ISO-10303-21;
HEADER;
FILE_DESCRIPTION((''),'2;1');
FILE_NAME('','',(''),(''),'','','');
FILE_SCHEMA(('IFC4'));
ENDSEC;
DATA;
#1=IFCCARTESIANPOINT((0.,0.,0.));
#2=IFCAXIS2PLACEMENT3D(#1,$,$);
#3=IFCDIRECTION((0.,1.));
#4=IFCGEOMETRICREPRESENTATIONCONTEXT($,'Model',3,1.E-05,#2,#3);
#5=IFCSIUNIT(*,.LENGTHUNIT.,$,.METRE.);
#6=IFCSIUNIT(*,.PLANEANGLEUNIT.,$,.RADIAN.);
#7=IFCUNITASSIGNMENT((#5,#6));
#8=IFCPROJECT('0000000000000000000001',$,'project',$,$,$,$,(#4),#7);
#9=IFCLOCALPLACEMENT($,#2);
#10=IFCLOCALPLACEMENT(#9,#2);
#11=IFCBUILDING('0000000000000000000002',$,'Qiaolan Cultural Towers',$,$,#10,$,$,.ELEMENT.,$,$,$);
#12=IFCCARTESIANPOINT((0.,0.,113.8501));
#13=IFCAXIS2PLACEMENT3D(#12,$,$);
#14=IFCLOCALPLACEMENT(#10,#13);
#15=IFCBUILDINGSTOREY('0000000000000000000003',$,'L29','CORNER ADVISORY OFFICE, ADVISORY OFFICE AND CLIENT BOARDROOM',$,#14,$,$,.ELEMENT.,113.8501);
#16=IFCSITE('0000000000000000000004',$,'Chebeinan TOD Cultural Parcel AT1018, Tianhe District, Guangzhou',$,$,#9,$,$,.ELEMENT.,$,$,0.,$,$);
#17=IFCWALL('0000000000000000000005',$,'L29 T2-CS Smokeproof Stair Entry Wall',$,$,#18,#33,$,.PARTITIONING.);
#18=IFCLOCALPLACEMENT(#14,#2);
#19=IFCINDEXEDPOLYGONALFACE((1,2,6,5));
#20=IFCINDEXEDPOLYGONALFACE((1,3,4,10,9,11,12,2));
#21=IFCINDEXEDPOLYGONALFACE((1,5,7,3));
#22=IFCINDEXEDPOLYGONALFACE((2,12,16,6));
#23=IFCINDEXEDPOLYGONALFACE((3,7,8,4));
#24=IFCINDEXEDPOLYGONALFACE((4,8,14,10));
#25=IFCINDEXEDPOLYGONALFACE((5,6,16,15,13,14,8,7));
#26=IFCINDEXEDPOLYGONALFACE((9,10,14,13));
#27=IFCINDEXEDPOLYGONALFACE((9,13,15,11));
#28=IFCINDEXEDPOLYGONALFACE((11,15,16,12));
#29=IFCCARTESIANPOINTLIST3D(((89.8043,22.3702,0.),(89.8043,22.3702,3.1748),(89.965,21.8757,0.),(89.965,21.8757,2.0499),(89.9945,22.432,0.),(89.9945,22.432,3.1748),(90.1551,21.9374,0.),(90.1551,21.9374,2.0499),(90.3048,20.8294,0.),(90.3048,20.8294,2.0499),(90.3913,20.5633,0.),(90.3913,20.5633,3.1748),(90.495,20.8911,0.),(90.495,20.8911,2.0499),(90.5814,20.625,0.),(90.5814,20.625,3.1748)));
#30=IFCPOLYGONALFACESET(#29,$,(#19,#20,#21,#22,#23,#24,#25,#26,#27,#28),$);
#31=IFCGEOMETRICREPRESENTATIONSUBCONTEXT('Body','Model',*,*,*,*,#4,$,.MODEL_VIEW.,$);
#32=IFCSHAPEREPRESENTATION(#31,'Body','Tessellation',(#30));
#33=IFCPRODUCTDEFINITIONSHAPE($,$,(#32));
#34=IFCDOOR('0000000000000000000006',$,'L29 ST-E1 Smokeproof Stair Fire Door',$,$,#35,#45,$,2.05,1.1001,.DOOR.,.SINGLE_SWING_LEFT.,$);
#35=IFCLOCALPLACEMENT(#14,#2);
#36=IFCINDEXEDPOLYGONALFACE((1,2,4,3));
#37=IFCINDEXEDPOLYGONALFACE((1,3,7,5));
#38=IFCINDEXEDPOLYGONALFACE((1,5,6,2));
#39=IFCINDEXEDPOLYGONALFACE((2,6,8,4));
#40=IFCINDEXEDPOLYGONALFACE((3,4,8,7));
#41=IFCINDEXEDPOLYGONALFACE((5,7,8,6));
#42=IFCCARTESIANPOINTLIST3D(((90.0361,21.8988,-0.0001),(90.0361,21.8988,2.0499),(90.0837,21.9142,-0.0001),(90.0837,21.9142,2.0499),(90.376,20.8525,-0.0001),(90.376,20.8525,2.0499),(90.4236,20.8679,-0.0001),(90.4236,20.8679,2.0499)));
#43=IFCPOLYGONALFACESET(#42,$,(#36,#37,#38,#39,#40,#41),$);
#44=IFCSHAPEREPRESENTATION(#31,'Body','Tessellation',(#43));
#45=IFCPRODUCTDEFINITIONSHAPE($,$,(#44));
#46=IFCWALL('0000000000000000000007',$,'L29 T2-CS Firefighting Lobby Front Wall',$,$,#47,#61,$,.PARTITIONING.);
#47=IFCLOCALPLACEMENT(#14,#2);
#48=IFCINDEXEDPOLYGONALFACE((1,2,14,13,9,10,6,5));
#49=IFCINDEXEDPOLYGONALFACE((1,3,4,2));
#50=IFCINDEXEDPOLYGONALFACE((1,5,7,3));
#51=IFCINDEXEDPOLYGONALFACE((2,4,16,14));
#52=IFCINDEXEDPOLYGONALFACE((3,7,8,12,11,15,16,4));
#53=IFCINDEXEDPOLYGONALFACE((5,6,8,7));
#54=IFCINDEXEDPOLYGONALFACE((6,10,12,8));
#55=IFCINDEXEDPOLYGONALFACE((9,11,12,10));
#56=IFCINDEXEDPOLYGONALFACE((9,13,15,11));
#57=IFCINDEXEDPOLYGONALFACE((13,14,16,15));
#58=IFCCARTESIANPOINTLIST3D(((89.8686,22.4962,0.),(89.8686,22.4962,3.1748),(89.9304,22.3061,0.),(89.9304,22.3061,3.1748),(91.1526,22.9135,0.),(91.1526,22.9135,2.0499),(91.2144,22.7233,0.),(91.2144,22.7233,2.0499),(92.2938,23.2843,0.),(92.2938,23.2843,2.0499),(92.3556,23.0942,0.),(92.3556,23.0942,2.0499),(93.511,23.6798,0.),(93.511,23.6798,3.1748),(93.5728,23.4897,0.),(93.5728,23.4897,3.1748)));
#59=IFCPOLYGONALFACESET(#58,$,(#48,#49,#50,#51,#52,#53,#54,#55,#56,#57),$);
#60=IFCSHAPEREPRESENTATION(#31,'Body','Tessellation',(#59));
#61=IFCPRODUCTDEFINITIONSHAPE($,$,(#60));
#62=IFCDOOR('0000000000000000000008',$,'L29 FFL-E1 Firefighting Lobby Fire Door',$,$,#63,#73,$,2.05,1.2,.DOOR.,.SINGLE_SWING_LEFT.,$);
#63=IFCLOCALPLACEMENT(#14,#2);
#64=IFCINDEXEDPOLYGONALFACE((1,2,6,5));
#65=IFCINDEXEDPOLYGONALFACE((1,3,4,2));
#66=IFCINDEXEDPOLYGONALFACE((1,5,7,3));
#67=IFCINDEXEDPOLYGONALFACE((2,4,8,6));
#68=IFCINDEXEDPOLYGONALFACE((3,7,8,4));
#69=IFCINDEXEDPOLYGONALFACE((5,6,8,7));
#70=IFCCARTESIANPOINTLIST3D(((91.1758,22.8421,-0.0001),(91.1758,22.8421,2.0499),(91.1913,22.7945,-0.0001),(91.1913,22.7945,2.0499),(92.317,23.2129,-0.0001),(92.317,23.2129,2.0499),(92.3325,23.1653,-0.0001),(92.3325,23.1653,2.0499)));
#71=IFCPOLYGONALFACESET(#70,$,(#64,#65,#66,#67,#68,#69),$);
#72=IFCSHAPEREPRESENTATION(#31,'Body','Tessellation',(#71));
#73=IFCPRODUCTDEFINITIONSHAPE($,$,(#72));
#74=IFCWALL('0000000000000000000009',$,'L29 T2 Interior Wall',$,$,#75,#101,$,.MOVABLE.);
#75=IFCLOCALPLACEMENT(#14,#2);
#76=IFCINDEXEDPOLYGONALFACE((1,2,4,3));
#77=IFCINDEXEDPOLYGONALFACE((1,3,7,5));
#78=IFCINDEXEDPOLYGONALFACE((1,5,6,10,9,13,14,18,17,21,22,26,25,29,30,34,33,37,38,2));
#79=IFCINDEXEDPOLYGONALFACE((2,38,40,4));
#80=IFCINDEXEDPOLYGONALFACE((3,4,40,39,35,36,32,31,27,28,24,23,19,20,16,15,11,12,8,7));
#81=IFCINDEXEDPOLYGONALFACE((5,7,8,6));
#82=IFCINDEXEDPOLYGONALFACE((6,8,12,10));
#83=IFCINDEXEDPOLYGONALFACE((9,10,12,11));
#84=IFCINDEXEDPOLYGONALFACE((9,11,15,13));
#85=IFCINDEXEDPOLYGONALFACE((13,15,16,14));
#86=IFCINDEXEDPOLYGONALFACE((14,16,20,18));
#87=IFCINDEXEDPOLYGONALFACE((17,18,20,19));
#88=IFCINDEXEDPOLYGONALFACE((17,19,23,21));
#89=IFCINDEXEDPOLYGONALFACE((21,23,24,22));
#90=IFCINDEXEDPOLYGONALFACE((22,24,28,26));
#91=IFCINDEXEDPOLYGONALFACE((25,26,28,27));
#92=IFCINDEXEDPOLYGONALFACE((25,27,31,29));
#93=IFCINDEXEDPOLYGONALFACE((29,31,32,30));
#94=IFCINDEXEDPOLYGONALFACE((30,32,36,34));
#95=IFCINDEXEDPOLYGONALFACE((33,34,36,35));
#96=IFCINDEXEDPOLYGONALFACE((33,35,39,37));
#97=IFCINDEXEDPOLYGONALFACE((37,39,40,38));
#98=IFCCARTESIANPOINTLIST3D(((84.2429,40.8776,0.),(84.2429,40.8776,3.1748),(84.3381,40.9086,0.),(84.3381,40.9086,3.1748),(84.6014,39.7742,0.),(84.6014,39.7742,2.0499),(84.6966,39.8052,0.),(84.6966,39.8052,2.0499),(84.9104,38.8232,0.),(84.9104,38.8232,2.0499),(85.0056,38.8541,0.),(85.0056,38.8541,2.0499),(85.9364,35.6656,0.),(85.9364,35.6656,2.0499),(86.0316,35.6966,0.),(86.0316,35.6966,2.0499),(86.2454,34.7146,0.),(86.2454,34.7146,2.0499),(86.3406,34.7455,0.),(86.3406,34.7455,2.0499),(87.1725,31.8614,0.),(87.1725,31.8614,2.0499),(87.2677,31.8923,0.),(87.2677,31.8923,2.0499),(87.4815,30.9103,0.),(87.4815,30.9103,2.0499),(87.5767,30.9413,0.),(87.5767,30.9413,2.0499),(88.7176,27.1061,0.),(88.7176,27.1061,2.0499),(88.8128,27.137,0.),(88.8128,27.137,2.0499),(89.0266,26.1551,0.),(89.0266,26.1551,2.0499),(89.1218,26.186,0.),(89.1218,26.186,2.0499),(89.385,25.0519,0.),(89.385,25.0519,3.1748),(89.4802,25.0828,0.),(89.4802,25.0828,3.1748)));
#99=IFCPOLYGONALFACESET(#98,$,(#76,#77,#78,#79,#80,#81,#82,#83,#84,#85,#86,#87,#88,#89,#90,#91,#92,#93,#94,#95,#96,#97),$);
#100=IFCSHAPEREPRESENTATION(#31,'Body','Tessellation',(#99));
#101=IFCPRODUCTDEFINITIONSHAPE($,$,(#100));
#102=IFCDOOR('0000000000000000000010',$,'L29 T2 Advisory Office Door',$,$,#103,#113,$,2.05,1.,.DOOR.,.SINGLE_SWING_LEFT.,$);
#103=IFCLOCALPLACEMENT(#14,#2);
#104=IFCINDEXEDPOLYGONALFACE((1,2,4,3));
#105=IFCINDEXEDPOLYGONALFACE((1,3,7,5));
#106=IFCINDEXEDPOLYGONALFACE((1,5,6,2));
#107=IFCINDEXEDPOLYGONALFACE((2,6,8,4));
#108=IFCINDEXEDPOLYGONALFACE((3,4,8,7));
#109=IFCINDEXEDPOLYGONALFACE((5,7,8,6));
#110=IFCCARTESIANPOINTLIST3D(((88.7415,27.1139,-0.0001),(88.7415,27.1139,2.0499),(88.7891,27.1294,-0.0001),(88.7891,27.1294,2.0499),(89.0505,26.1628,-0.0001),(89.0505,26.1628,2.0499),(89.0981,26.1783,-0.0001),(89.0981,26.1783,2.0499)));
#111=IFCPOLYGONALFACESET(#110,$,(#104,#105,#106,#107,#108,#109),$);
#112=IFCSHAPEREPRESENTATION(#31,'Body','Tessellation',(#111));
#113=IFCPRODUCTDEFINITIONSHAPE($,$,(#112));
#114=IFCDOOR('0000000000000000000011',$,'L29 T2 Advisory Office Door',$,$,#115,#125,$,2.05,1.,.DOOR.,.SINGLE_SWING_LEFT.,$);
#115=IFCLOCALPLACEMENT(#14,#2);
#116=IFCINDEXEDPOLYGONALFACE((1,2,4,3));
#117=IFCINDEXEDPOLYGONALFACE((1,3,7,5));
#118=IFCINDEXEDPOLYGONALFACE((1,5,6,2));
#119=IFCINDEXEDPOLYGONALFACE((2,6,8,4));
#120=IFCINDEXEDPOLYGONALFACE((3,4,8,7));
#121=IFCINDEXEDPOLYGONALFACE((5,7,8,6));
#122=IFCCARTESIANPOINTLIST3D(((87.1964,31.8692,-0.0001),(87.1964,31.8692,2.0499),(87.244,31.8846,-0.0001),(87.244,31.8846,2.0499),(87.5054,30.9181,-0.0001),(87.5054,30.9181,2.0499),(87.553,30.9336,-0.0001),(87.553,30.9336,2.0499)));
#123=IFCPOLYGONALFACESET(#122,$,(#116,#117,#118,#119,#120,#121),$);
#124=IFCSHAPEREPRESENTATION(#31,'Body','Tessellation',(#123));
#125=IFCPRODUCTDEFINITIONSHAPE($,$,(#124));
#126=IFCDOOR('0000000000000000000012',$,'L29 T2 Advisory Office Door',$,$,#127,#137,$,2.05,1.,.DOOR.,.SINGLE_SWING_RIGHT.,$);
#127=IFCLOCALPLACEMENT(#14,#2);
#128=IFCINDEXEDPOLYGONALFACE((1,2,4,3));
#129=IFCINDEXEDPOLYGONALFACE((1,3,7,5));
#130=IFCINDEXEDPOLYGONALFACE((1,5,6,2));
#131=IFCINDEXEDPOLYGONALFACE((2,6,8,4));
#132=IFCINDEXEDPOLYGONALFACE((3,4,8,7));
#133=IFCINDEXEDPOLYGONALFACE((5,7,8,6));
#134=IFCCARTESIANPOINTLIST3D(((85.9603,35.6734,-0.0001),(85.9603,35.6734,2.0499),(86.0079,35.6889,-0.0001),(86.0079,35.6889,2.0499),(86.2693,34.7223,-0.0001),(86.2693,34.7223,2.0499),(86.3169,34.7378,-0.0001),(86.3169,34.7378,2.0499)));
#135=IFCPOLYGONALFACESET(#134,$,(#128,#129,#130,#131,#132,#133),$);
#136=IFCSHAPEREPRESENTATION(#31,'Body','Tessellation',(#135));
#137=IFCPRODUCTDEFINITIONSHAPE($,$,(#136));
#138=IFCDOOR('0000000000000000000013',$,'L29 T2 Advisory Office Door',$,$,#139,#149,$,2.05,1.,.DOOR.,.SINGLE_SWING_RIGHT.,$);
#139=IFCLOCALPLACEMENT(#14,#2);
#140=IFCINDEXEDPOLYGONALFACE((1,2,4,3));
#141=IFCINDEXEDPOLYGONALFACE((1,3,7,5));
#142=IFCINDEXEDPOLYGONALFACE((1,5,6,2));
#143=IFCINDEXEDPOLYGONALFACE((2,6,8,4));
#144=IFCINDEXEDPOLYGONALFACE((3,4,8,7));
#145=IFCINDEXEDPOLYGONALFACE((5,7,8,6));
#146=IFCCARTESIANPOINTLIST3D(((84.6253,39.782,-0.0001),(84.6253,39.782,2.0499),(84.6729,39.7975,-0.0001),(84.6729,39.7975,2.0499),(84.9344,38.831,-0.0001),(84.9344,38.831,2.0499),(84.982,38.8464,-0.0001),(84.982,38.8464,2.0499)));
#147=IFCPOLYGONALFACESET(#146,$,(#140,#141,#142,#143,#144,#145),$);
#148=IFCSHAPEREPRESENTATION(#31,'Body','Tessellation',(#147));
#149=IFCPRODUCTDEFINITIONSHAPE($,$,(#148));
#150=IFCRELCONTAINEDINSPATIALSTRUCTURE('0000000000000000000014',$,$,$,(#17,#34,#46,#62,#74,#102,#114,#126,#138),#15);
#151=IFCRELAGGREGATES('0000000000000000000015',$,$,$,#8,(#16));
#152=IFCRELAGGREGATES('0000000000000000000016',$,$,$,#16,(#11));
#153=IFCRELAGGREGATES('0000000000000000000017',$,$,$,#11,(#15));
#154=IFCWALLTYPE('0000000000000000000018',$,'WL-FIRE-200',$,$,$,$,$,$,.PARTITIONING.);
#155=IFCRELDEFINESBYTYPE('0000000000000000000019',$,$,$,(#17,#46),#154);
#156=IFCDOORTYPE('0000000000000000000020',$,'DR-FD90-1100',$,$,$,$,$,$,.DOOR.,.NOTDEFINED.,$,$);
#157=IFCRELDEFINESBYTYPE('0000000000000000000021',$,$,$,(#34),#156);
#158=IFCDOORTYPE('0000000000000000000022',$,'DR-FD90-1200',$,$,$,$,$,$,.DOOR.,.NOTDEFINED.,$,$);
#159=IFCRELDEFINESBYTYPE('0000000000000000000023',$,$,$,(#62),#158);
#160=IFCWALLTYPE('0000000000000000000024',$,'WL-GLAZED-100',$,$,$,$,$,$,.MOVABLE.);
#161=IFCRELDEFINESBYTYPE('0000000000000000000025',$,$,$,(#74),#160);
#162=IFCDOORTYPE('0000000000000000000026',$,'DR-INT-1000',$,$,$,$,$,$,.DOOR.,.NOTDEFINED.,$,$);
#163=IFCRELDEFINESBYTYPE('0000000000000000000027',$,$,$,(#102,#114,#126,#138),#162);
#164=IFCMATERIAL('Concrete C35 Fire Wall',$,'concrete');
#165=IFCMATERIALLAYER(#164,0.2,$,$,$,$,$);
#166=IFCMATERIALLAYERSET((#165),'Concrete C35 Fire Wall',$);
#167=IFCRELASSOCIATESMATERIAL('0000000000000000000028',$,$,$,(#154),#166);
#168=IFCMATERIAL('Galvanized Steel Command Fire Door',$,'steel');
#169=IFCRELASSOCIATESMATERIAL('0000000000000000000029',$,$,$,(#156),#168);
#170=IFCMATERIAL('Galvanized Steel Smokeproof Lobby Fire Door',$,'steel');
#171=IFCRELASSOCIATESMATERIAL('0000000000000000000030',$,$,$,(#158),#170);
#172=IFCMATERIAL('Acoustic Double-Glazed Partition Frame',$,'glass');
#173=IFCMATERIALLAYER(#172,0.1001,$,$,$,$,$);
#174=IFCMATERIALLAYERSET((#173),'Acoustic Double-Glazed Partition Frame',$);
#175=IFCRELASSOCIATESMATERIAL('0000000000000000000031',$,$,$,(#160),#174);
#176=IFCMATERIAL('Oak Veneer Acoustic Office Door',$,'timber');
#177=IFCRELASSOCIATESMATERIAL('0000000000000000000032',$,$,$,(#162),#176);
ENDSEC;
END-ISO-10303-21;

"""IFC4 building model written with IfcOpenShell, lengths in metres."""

from ifc_helpers import new_model, si_unit, direction, frame, frame_2d, origin, place, context, subcontext, project, spatial, rectangle, extrude, material, layer, layer_set, type_object, element, fill, save


model = new_model("IFC4")

# Units and contexts
model_context = context("Model", 3, precision=1e-05, world=origin(), true_north=direction((0.0, 1.0)))
body_context = subcontext(model_context, "Body", "Model", "MODEL_VIEW")
ifc_project = project(units=[si_unit("LENGTHUNIT", "METRE"), si_unit("PLANEANGLEUNIT", "RADIAN")], contexts=[model_context])

# Site, building, storey
site_placement = place(None, origin())
site = spatial("IfcSite", under=ifc_project, at=site_placement, Name="Chebeinan TOD Cultural Parcel AT1018, Tianhe District, Guangzhou", CompositionType="ELEMENT", RefElevation=0.0)
building_placement = place(site_placement, origin())
building = spatial("IfcBuilding", under=site, at=building_placement, Name="Qiaolan Cultural Towers", CompositionType="ELEMENT")
storey_placement = place(building_placement, frame((0.0, 0.0, 113.8501)))
storey = spatial("IfcBuildingStorey", under=building, at=storey_placement, Name="L29", Description="CORNER ADVISORY OFFICE, ADVISORY OFFICE AND CLIENT BOARDROOM", CompositionType="ELEMENT", Elevation=113.8501)

# Walls, openings, doors
ifc_material_1 = material(Name="Concrete C35 Fire Wall", Category="concrete")
ifc_layer_1 = layer(ifc_material_1, 0.2)
ifc_layer_set_1 = layer_set([ifc_layer_1], Name="Concrete C35 Fire Wall")
wall_type_1 = type_object("IfcWallType", Name="WL-FIRE-200", PredefinedType="PARTITIONING", material=ifc_layer_set_1)
wall_1_placement = place(storey_placement, frame((89.8994, 22.4011, 0.0), z_axis=(0.0, 0.0, 1.0), x_axis=(0.308932, -0.951084, 0.0)))
wall_1 = element("IfcWall", 1, at=wall_1_placement, inside=storey, type_object=wall_type_1, Name="L29 T2-CS Smokeproof Stair Entry Wall", PredefinedType="PARTITIONING", context=body_context, shape_type="SweptSolid", body=[
    extrude(rectangle(XDim=1.8999, YDim=0.2, at=frame_2d((0.95, 0.0))), origin(), (0.0, 0.0, 1.0), 3.1748),
])
opening_1_placement = place(wall_1_placement, frame((0.52, 0.0, 0.0)))
opening_1 = element("IfcOpeningElement", 2, at=opening_1_placement, cuts=wall_1, PredefinedType="OPENING", context=body_context, shape_type="SweptSolid", body=[
    extrude(rectangle(XDim=1.1001, YDim=2.05, at=frame_2d((0.55, 1.0249))), frame((0.0, 0.1099, 0.0), z_axis=(0.0, -1.0, 0.0), x_axis=(1.0, 0.0, 0.0)), (0.0, 0.0, 1.0), 0.22),
])
ifc_material_2 = material(Name="Galvanized Steel Command Fire Door", Category="steel")
door_type_1 = type_object("IfcDoorType", Name="DR-FD90-1100", OperationType="NOTDEFINED", PredefinedType="DOOR", material=ifc_material_2)
door_1_placement = place(opening_1_placement, origin())
door_1 = element("IfcDoor", 3, at=door_1_placement, inside=storey, type_object=door_type_1, Name="L29 ST-E1 Smokeproof Stair Fire Door", OperationType="SINGLE_SWING_LEFT", OverallHeight=2.05, OverallWidth=1.1001, PredefinedType="DOOR", context=body_context, shape_type="SweptSolid", body=[
    extrude(rectangle(XDim=1.1001, YDim=2.05, at=frame_2d((0.55, 1.0249))), frame((0.0, 0.0249, 0.0), z_axis=(0.0, -1.0, 0.0), x_axis=(1.0, 0.0, 0.0)), (0.0, 0.0, 1.0), 0.05),
])
fill(opening_1, door_1)
wall_2_placement = place(storey_placement, frame((89.8994, 22.4011, 0.0), z_axis=(0.0, 0.0, 1.0), x_axis=(0.951047, 0.309047, 0.0)))
wall_2 = element("IfcWall", 4, at=wall_2_placement, inside=storey, type_object=wall_type_1, Name="L29 T2-CS Firefighting Lobby Front Wall", PredefinedType="PARTITIONING", context=body_context, shape_type="SweptSolid", body=[
    extrude(rectangle(XDim=3.8298, YDim=0.2, at=frame_2d((1.915, 0.0))), origin(), (0.0, 0.0, 1.0), 3.1748),
])
opening_2_placement = place(wall_2_placement, frame((1.3501, 0.0, 0.0)))
opening_2 = element("IfcOpeningElement", 5, at=opening_2_placement, cuts=wall_2, PredefinedType="OPENING", context=body_context, shape_type="SweptSolid", body=[
    extrude(rectangle(XDim=1.2, YDim=2.05, at=frame_2d((0.6001, 1.0249))), frame((0.0, 0.1099, 0.0), z_axis=(0.0, -1.0, 0.0), x_axis=(1.0, 0.0, 0.0)), (0.0, 0.0, 1.0), 0.22),
])
ifc_material_3 = material(Name="Galvanized Steel Smokeproof Lobby Fire Door", Category="steel")
door_type_2 = type_object("IfcDoorType", Name="DR-FD90-1200", OperationType="NOTDEFINED", PredefinedType="DOOR", material=ifc_material_3)
door_2_placement = place(opening_2_placement, origin())
door_2 = element("IfcDoor", 6, at=door_2_placement, inside=storey, type_object=door_type_2, Name="L29 FFL-E1 Firefighting Lobby Fire Door", OperationType="SINGLE_SWING_LEFT", OverallHeight=2.05, OverallWidth=1.2, PredefinedType="DOOR", context=body_context, shape_type="SweptSolid", body=[
    extrude(rectangle(XDim=1.2, YDim=2.05, at=frame_2d((0.6001, 1.0249))), frame((0.0, 0.0249, 0.0), z_axis=(0.0, -1.0, 0.0), x_axis=(1.0, 0.0, 0.0)), (0.0, 0.0, 1.0), 0.05),
])
fill(opening_2, door_2)

# Wall, openings, doors
ifc_material_4 = material(Name="Acoustic Double-Glazed Partition Frame", Category="glass")
ifc_layer_2 = layer(ifc_material_4, 0.1001)
ifc_layer_set_2 = layer_set([ifc_layer_2], Name="Acoustic Double-Glazed Partition Frame")
wall_type_2 = type_object("IfcWallType", Name="WL-GLAZED-100", PredefinedType="MOVABLE", material=ifc_layer_set_2)
wall_3_placement = place(storey_placement, frame((89.4326, 25.0674, 0.0), z_axis=(0.0, 0.0, 1.0), x_axis=(-0.309018, 0.951056, 0.0)))
wall_3 = element("IfcWall", 7, at=wall_3_placement, inside=storey, type_object=wall_type_2, Name="L29 T2 Interior Wall", PredefinedType="MOVABLE", context=body_context, shape_type="SweptSolid", body=[
    extrude(rectangle(XDim=16.6401, YDim=0.1001, at=frame_2d((8.3201, 0.0))), origin(), (0.0, 0.0, 1.0), 3.1748),
])
opening_3_placement = place(wall_3_placement, frame((1.1599, 0.0, 0.0)))
opening_3 = element("IfcOpeningElement", 8, at=opening_3_placement, cuts=wall_3, PredefinedType="OPENING", context=body_context, shape_type="SweptSolid", body=[
    extrude(rectangle(XDim=1.0, YDim=2.05, at=frame_2d((0.5, 1.0249))), frame((0.0, 0.0601, 0.0), z_axis=(0.0, -1.0, 0.0), x_axis=(1.0, 0.0, 0.0)), (0.0, 0.0, 1.0), 0.1201),
])
opening_4_placement = place(wall_3_placement, frame((6.1599, 0.0, 0.0)))
opening_4 = element("IfcOpeningElement", 9, at=opening_4_placement, cuts=wall_3, PredefinedType="OPENING", context=body_context, shape_type="SweptSolid", body=[
    extrude(rectangle(XDim=1.0, YDim=2.05, at=frame_2d((0.5, 1.0249))), frame((0.0, 0.0601, 0.0), z_axis=(0.0, -1.0, 0.0), x_axis=(1.0, 0.0, 0.0)), (0.0, 0.0, 1.0), 0.1201),
])
opening_5_placement = place(wall_3_placement, frame((10.1599, 0.0, 0.0)))
opening_5 = element("IfcOpeningElement", 10, at=opening_5_placement, cuts=wall_3, PredefinedType="OPENING", context=body_context, shape_type="SweptSolid", body=[
    extrude(rectangle(XDim=1.0, YDim=2.05, at=frame_2d((0.5, 1.0249))), frame((0.0, 0.0601, 0.0), z_axis=(0.0, -1.0, 0.0), x_axis=(1.0, 0.0, 0.0)), (0.0, 0.0, 1.0), 0.1201),
])
opening_6_placement = place(wall_3_placement, frame((14.48, 0.0, 0.0)))
opening_6 = element("IfcOpeningElement", 11, at=opening_6_placement, cuts=wall_3, PredefinedType="OPENING", context=body_context, shape_type="SweptSolid", body=[
    extrude(rectangle(XDim=1.0, YDim=2.05, at=frame_2d((0.5, 1.0249))), frame((0.0, 0.0601, 0.0), z_axis=(0.0, -1.0, 0.0), x_axis=(1.0, 0.0, 0.0)), (0.0, 0.0, 1.0), 0.1201),
])
ifc_material_5 = material(Name="Oak Veneer Acoustic Office Door", Category="timber")
door_type_3 = type_object("IfcDoorType", Name="DR-INT-1000", OperationType="NOTDEFINED", PredefinedType="DOOR", material=ifc_material_5)
door_3_placement = place(opening_3_placement, origin())
door_3 = element("IfcDoor", 12, at=door_3_placement, inside=storey, type_object=door_type_3, Name="L29 T2 Advisory Office Door", OperationType="SINGLE_SWING_LEFT", OverallHeight=2.05, OverallWidth=1.0, PredefinedType="DOOR", context=body_context, shape_type="SweptSolid", body=[
    extrude(rectangle(XDim=1.0, YDim=2.05, at=frame_2d((0.5, 1.0249))), frame((0.0, 0.0249, 0.0), z_axis=(0.0, -1.0, 0.0), x_axis=(1.0, 0.0, 0.0)), (0.0, 0.0, 1.0), 0.05),
])
fill(opening_3, door_3)
door_4_placement = place(opening_4_placement, origin())
door_4 = element("IfcDoor", 13, at=door_4_placement, inside=storey, type_object=door_type_3, Name="L29 T2 Advisory Office Door", OperationType="SINGLE_SWING_LEFT", OverallHeight=2.05, OverallWidth=1.0, PredefinedType="DOOR", context=body_context, shape_type="SweptSolid", body=[
    extrude(rectangle(XDim=1.0, YDim=2.05, at=frame_2d((0.5, 1.0249))), frame((0.0, 0.0249, 0.0), z_axis=(0.0, -1.0, 0.0), x_axis=(1.0, 0.0, 0.0)), (0.0, 0.0, 1.0), 0.05),
])
fill(opening_4, door_4)
door_5_placement = place(opening_5_placement, origin())
door_5 = element("IfcDoor", 14, at=door_5_placement, inside=storey, type_object=door_type_3, Name="L29 T2 Advisory Office Door", OperationType="SINGLE_SWING_RIGHT", OverallHeight=2.05, OverallWidth=1.0, PredefinedType="DOOR", context=body_context, shape_type="SweptSolid", body=[
    extrude(rectangle(XDim=1.0, YDim=2.05, at=frame_2d((0.5, 1.0249))), frame((0.0, 0.0249, 0.0), z_axis=(0.0, -1.0, 0.0), x_axis=(1.0, 0.0, 0.0)), (0.0, 0.0, 1.0), 0.05),
])
fill(opening_5, door_5)
door_6_placement = place(opening_6_placement, origin())
door_6 = element("IfcDoor", 15, at=door_6_placement, inside=storey, type_object=door_type_3, Name="L29 T2 Advisory Office Door", OperationType="SINGLE_SWING_RIGHT", OverallHeight=2.05, OverallWidth=1.0, PredefinedType="DOOR", context=body_context, shape_type="SweptSolid", body=[
    extrude(rectangle(XDim=1.0, YDim=2.05, at=frame_2d((0.5, 1.0249))), frame((0.0, 0.0249, 0.0), z_axis=(0.0, -1.0, 0.0), x_axis=(1.0, 0.0, 0.0)), (0.0, 0.0, 1.0), 0.05),
])
fill(opening_6, door_6)

save(model, "model.ifc")
